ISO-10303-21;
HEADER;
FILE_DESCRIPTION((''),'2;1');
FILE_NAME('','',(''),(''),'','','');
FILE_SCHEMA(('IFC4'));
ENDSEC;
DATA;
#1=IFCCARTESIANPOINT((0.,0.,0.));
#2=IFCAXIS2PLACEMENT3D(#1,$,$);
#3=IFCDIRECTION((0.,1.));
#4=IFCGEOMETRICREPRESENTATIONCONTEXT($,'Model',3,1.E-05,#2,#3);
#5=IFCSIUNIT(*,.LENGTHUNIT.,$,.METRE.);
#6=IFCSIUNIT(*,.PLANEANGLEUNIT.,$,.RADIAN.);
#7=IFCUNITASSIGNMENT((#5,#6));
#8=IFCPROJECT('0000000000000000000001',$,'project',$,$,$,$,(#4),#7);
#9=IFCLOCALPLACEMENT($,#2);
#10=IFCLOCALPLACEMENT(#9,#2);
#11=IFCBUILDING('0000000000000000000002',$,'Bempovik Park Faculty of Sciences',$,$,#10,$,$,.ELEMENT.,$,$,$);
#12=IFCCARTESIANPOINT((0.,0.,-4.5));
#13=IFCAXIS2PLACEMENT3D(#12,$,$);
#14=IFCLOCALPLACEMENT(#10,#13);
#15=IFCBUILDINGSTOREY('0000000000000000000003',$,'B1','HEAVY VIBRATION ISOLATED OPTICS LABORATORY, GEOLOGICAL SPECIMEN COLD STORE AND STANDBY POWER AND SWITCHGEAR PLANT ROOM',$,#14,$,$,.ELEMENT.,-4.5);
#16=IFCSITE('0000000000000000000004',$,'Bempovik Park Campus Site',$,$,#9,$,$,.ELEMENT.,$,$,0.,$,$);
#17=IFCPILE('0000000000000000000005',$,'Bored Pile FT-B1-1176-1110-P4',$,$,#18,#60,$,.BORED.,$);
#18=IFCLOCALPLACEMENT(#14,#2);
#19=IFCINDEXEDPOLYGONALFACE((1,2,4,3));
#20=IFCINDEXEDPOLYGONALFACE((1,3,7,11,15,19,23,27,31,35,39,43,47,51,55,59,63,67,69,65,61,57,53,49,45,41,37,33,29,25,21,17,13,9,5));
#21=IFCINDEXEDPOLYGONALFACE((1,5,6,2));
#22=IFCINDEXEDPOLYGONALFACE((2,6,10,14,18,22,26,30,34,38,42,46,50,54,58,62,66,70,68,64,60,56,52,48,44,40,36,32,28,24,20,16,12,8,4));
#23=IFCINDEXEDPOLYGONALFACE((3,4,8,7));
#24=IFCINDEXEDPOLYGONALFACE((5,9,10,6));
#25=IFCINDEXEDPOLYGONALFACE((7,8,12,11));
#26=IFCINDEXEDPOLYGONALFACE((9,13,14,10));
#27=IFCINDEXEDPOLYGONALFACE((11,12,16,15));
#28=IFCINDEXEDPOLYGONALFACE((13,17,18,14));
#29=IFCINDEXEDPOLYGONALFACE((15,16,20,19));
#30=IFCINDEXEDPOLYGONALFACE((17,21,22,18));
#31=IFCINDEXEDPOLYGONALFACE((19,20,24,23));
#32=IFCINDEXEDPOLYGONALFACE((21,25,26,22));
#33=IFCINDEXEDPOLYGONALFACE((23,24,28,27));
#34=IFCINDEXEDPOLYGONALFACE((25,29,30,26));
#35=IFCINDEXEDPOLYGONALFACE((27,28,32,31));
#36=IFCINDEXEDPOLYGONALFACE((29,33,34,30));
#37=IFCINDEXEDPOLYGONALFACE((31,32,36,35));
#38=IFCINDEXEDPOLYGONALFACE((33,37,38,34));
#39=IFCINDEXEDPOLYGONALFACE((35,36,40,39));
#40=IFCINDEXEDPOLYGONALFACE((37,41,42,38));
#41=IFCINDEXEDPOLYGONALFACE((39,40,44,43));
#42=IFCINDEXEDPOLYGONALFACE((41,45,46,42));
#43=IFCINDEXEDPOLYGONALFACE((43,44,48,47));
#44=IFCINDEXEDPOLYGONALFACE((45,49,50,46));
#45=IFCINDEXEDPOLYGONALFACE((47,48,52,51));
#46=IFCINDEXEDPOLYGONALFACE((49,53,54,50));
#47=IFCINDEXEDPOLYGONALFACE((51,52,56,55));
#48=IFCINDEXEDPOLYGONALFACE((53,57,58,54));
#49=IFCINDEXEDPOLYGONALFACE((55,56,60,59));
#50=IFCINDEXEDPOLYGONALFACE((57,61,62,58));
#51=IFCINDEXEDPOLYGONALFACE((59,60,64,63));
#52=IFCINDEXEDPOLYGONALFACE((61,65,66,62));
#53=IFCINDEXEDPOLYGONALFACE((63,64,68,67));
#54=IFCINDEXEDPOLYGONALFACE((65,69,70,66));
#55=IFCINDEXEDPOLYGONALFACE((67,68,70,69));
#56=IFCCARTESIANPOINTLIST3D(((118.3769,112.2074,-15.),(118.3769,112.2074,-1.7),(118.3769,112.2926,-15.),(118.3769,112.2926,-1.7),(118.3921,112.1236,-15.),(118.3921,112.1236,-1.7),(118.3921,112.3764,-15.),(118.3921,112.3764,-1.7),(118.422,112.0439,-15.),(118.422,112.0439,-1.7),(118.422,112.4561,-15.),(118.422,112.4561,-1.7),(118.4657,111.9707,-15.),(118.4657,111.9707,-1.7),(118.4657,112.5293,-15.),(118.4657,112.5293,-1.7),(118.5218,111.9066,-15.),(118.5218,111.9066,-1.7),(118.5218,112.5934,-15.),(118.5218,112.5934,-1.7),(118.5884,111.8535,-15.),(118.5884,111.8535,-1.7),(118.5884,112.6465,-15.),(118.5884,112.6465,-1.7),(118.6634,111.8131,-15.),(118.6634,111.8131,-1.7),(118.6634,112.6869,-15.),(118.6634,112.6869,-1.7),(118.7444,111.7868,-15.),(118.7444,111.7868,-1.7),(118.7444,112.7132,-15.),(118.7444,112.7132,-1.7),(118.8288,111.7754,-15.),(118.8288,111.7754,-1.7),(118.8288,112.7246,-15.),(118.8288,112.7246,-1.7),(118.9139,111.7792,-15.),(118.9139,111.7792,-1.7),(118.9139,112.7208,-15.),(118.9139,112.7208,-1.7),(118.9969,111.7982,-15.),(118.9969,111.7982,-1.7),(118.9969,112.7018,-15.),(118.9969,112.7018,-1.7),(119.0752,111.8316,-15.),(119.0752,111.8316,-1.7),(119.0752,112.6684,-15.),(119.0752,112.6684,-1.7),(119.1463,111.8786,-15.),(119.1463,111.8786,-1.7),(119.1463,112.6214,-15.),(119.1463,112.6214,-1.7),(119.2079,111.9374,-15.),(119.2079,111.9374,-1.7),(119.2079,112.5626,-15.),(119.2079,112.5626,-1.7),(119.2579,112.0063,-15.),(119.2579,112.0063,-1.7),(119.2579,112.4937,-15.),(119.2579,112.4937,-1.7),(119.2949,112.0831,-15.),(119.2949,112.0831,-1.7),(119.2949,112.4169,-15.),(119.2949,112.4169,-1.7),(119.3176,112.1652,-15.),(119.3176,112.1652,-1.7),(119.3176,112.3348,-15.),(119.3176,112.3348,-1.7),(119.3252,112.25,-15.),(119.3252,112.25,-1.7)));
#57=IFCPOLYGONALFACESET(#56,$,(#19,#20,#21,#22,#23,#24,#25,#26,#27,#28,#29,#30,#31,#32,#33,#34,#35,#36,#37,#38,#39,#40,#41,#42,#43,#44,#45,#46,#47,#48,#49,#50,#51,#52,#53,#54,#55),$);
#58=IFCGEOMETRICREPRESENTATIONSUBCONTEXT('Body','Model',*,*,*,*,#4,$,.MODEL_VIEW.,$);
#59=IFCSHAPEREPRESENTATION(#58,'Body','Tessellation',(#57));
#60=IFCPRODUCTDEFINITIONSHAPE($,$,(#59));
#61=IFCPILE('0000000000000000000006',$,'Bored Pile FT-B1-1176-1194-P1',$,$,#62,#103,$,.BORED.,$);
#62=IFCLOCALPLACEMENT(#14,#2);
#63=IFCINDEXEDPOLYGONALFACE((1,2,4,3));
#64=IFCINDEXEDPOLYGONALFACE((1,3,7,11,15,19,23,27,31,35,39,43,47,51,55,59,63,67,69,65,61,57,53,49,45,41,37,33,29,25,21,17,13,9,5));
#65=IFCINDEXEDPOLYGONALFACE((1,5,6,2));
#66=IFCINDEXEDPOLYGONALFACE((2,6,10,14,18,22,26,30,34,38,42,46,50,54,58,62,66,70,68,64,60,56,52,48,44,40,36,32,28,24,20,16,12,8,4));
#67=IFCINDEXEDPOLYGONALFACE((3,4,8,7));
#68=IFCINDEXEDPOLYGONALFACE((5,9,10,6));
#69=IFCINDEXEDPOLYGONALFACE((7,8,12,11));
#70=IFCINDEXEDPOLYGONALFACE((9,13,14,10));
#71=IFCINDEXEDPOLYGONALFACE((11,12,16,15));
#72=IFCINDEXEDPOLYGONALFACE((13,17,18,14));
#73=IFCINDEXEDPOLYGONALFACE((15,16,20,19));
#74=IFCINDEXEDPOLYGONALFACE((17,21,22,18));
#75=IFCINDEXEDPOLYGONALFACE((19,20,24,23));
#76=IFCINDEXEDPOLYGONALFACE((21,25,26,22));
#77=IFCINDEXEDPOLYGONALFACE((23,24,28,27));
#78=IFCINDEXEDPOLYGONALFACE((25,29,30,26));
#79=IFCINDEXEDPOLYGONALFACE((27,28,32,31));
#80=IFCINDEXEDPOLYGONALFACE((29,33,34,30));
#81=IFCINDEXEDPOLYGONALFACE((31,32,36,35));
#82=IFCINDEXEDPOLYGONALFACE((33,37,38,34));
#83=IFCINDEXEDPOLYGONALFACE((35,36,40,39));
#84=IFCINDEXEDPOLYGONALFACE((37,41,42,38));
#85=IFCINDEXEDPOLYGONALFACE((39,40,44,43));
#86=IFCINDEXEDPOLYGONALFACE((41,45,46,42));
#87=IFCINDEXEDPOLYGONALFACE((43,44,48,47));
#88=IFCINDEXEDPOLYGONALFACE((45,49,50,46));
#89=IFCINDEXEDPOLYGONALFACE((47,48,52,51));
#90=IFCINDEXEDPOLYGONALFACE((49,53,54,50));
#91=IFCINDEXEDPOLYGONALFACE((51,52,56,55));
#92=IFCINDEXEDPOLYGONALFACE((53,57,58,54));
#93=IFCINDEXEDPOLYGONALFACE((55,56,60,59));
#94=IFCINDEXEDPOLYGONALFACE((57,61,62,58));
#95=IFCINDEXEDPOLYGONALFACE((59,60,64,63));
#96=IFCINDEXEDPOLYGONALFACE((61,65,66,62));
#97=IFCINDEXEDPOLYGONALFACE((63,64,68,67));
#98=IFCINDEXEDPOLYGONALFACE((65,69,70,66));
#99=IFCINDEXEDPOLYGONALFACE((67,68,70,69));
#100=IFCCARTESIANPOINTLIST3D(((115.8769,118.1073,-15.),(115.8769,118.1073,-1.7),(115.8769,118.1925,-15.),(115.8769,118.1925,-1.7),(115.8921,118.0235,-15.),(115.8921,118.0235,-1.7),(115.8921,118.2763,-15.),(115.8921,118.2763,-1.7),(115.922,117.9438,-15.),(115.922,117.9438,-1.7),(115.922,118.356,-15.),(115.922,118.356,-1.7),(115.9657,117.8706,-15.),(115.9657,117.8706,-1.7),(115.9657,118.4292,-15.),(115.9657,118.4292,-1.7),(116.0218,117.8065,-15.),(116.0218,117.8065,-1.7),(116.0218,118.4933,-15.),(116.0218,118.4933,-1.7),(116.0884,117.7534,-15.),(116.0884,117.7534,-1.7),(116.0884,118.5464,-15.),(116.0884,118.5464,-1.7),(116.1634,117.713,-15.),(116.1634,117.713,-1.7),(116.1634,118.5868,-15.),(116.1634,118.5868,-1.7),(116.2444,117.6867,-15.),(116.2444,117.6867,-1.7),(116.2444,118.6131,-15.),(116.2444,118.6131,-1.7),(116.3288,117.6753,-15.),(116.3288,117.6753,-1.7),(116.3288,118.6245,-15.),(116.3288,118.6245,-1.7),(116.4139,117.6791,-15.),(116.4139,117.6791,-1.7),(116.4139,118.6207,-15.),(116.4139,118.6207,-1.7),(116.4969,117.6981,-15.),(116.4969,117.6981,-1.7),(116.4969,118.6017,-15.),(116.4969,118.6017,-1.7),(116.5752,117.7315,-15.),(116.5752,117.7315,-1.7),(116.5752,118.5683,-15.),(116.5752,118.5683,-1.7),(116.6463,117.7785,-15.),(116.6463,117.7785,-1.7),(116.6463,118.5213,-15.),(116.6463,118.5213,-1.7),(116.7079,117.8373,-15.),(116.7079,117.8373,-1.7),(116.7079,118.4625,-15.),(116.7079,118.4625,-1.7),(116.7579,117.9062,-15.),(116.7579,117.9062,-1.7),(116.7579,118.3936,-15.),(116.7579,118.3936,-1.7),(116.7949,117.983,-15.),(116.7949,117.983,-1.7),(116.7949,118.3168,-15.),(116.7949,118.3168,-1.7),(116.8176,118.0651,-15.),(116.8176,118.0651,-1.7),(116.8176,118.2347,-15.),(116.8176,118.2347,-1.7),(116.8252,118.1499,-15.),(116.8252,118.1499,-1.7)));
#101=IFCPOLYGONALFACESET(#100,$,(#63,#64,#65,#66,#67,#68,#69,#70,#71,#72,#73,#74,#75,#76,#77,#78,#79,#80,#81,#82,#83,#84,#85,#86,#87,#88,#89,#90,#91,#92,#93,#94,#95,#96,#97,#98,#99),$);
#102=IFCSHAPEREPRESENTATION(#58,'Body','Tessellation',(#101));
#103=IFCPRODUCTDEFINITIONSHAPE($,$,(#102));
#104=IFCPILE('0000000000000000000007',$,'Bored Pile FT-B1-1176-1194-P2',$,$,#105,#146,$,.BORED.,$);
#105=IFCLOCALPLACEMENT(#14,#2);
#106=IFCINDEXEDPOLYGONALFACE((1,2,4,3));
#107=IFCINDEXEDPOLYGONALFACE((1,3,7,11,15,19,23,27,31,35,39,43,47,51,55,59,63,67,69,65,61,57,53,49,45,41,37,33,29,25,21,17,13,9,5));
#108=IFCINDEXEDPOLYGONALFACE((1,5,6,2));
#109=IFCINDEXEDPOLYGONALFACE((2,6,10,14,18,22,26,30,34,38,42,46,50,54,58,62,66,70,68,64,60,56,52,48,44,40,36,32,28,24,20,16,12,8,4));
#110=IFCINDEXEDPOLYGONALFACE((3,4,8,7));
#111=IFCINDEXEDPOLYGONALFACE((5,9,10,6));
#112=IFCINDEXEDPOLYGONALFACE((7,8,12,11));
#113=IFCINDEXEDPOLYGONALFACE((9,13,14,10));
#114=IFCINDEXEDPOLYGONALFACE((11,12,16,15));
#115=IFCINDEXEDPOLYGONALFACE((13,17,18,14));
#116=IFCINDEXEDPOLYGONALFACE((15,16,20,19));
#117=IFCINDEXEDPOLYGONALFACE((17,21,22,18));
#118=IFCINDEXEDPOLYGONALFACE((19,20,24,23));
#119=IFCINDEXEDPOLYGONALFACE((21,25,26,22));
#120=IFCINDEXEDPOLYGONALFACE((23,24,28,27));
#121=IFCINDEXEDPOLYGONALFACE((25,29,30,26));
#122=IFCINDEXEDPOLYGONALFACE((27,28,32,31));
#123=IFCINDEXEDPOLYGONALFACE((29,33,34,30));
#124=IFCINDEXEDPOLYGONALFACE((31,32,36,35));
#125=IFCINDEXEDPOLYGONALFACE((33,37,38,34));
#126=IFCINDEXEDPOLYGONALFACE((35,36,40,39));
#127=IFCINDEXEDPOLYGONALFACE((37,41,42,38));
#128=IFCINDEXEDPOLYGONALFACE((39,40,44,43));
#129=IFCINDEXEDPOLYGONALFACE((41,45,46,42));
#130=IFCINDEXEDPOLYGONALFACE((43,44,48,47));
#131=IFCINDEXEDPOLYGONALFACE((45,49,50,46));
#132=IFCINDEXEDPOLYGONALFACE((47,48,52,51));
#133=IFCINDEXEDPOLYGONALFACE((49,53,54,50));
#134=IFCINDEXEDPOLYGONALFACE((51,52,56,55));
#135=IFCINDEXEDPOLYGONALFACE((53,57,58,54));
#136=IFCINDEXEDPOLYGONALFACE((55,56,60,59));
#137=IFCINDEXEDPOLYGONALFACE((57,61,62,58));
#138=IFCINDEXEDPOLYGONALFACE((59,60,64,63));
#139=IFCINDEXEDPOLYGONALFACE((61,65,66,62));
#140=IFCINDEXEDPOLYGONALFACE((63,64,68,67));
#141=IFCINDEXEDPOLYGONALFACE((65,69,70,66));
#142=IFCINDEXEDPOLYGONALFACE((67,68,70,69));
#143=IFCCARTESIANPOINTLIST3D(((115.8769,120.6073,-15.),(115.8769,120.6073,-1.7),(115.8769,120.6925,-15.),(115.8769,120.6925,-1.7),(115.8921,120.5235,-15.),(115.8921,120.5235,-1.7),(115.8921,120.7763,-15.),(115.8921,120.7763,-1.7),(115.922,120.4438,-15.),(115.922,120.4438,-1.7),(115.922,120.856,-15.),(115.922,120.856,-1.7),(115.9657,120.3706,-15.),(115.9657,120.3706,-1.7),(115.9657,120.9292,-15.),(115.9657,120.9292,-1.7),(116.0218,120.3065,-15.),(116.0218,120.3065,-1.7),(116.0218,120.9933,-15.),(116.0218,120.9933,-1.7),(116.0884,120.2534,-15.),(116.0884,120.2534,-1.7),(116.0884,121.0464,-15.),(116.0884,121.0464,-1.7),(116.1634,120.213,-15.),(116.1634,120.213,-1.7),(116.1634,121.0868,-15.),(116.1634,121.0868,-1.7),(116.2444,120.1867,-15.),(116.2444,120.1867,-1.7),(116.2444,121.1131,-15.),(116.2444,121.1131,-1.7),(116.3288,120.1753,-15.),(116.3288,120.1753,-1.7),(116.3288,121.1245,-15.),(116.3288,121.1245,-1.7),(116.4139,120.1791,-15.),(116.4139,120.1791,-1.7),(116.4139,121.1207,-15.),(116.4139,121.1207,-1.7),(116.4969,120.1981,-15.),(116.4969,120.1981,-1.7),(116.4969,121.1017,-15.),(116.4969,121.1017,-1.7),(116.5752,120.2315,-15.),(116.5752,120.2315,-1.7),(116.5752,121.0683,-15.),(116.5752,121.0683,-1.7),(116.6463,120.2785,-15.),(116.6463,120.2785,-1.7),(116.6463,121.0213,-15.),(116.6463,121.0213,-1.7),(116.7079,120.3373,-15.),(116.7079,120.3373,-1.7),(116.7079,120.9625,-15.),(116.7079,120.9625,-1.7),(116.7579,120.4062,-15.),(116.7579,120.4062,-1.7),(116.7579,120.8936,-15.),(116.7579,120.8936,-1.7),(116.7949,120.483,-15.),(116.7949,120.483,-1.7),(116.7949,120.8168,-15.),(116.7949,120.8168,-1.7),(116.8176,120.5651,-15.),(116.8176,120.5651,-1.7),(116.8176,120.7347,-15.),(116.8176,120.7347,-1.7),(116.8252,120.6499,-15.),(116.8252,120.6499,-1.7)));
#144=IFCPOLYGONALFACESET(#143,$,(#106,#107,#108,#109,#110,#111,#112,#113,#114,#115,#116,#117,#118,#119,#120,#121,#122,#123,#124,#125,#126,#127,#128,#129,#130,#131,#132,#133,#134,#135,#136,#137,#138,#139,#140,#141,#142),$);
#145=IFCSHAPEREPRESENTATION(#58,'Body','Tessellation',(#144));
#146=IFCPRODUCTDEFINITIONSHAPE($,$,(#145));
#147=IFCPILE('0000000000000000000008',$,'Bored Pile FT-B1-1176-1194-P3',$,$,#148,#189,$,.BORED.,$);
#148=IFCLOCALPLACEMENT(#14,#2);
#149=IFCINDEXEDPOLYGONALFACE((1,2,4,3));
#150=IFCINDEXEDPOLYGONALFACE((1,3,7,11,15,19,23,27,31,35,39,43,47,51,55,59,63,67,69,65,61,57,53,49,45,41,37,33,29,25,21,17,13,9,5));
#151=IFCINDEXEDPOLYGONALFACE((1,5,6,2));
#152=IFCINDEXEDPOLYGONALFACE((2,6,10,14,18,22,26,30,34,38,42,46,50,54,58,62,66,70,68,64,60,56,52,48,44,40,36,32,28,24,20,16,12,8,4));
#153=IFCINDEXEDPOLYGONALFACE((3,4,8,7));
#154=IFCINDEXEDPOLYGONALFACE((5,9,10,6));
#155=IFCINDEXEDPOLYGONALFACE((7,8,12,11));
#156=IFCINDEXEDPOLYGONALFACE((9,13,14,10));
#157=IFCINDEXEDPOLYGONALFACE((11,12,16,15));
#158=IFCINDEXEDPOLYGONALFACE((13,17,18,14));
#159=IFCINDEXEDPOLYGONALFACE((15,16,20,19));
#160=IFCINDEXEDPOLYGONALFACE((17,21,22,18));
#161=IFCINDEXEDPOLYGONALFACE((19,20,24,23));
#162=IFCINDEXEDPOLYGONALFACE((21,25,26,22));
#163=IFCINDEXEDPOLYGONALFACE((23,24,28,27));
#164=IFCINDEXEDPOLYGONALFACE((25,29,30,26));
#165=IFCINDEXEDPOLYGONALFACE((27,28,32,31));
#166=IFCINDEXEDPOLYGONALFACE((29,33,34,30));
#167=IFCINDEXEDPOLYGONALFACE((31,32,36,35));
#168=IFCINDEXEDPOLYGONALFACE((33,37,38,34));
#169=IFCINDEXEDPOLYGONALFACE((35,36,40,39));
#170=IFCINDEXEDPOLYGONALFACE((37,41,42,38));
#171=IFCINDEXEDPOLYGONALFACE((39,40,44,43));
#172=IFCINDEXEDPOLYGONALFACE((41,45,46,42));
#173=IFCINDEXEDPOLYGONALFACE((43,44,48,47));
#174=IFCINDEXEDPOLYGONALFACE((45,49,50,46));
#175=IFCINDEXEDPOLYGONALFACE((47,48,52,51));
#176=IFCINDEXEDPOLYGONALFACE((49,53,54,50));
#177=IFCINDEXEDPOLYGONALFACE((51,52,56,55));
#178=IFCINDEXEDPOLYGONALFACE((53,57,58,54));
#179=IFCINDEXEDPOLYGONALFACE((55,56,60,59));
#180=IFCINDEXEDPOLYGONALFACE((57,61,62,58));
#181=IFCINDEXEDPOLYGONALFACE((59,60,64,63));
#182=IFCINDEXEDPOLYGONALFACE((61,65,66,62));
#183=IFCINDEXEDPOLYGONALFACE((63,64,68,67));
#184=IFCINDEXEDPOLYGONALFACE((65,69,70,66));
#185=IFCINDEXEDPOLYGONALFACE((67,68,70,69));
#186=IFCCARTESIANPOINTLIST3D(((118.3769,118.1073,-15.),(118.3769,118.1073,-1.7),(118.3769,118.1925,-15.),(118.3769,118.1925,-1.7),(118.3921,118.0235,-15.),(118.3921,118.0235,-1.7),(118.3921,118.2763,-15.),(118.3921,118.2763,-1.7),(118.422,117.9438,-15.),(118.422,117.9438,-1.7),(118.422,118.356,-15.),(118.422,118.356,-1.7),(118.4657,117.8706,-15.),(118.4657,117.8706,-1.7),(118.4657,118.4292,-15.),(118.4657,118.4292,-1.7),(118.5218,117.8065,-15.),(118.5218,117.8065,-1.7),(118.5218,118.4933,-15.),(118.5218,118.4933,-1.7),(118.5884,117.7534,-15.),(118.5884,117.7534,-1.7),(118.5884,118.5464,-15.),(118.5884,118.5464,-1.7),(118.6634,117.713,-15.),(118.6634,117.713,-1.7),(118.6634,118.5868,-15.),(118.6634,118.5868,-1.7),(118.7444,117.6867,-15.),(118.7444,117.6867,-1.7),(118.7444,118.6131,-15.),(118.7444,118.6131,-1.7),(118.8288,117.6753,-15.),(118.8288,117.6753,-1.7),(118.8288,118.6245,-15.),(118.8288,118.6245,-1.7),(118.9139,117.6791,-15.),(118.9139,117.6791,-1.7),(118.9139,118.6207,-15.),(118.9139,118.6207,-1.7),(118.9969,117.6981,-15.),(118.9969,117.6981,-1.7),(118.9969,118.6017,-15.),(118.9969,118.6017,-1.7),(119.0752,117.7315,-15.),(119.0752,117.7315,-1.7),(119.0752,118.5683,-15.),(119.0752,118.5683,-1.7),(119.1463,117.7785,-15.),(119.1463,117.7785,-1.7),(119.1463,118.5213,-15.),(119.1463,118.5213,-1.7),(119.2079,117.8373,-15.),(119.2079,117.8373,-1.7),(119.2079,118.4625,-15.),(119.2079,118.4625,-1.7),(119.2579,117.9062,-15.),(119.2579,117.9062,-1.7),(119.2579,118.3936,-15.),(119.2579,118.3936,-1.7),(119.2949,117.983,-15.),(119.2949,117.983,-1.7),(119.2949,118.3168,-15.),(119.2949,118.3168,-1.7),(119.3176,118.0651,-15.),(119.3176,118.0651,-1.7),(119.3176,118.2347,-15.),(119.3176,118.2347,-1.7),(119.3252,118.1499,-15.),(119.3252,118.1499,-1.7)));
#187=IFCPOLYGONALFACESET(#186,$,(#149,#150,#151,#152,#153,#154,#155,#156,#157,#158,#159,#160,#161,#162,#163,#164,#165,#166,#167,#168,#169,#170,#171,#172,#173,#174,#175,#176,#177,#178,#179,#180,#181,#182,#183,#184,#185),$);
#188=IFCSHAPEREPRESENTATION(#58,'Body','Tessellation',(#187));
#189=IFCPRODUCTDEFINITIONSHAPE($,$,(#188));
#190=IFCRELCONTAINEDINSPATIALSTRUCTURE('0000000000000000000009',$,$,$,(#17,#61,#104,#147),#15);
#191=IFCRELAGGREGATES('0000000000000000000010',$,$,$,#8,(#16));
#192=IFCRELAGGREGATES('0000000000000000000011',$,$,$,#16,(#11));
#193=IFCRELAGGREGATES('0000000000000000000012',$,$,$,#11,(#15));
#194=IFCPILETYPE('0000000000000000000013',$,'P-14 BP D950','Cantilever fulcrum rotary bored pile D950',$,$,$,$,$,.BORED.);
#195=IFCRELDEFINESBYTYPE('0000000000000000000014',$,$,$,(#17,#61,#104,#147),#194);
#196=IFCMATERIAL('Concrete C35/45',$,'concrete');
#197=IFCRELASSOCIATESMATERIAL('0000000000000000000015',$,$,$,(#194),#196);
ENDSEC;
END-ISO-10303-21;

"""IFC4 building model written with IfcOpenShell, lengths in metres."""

from ifc_helpers import new_model, si_unit, direction, frame, origin, origin_2d, place, context, subcontext, project, spatial, circle, extrude, material, material_profile, profile_set, type_object, element, save


model = new_model("IFC4")

# Units and contexts
model_context = context("Model", 3, precision=1e-05, world=origin(), true_north=direction((0.0, 1.0)))
body_context = subcontext(model_context, "Body", "Model", "MODEL_VIEW")
ifc_project = project(units=[si_unit("LENGTHUNIT", "METRE"), si_unit("PLANEANGLEUNIT", "RADIAN")], contexts=[model_context])

# Site, building, storey
site_placement = place(None, origin())
site = spatial("IfcSite", under=ifc_project, at=site_placement, Name="Bempovik Park Campus Site", CompositionType="ELEMENT", RefElevation=0.0)
building_placement = place(site_placement, origin())
building = spatial("IfcBuilding", under=site, at=building_placement, Name="Bempovik Park Faculty of Sciences", CompositionType="ELEMENT")
storey_placement = place(building_placement, frame((0.0, 0.0, -4.5)))
storey = spatial("IfcBuildingStorey", under=building, at=storey_placement, Name="B1", Description="HEAVY VIBRATION ISOLATED OPTICS LABORATORY, GEOLOGICAL SPECIMEN COLD STORE AND STANDBY POWER AND SWITCHGEAR PLANT ROOM", CompositionType="ELEMENT", Elevation=-4.5)

# Shared definitions
ifc_material_1 = material(Name="Concrete C35/45", Category="concrete")

# Piles
ifc_material_profile_1 = material_profile(ifc_material_1, circle(Radius=0.4751, at=origin_2d()), Name="BP D950")
ifc_profile_set_1 = profile_set([ifc_material_profile_1], Name="Concrete C35/45")
pile_type = type_object("IfcPileType", Name="P-14 BP D950", Description="Cantilever fulcrum rotary bored pile D950", PredefinedType="BORED", material=ifc_profile_set_1)
for number, where, z_axis, x_axis, name in (
    (1, (118.8501, 112.25, -1.7), (0.0, 0.0, -1.0), (1.0, 0.0, 0.0), "Bored Pile FT-B1-1176-1110-P4"),
    (2, (116.3501, 118.1499, -1.7), (0.0, 0.0, -1.0), (1.0, 0.0, 0.0), "Bored Pile FT-B1-1176-1194-P1"),
    (3, (116.3501, 120.6499, -1.7), (0.0, 0.0, -1.0), (1.0, 0.0, 0.0), "Bored Pile FT-B1-1176-1194-P2"),
    (4, (118.8501, 118.1499, -1.7), (0.0, 0.0, -1.0), (1.0, 0.0, 0.0), "Bored Pile FT-B1-1176-1194-P3"),
):
    element("IfcPile", number, at=place(storey_placement, frame(where, z_axis=z_axis, x_axis=x_axis)), inside=storey, type_object=pile_type, Name=name, PredefinedType="BORED", context=body_context, shape_type="SweptSolid", body=[
        extrude(circle(Radius=0.4751, at=origin_2d()), origin(), (0.0, 0.0, 1.0), 13.3),
    ])

save(model, "model.ifc")
